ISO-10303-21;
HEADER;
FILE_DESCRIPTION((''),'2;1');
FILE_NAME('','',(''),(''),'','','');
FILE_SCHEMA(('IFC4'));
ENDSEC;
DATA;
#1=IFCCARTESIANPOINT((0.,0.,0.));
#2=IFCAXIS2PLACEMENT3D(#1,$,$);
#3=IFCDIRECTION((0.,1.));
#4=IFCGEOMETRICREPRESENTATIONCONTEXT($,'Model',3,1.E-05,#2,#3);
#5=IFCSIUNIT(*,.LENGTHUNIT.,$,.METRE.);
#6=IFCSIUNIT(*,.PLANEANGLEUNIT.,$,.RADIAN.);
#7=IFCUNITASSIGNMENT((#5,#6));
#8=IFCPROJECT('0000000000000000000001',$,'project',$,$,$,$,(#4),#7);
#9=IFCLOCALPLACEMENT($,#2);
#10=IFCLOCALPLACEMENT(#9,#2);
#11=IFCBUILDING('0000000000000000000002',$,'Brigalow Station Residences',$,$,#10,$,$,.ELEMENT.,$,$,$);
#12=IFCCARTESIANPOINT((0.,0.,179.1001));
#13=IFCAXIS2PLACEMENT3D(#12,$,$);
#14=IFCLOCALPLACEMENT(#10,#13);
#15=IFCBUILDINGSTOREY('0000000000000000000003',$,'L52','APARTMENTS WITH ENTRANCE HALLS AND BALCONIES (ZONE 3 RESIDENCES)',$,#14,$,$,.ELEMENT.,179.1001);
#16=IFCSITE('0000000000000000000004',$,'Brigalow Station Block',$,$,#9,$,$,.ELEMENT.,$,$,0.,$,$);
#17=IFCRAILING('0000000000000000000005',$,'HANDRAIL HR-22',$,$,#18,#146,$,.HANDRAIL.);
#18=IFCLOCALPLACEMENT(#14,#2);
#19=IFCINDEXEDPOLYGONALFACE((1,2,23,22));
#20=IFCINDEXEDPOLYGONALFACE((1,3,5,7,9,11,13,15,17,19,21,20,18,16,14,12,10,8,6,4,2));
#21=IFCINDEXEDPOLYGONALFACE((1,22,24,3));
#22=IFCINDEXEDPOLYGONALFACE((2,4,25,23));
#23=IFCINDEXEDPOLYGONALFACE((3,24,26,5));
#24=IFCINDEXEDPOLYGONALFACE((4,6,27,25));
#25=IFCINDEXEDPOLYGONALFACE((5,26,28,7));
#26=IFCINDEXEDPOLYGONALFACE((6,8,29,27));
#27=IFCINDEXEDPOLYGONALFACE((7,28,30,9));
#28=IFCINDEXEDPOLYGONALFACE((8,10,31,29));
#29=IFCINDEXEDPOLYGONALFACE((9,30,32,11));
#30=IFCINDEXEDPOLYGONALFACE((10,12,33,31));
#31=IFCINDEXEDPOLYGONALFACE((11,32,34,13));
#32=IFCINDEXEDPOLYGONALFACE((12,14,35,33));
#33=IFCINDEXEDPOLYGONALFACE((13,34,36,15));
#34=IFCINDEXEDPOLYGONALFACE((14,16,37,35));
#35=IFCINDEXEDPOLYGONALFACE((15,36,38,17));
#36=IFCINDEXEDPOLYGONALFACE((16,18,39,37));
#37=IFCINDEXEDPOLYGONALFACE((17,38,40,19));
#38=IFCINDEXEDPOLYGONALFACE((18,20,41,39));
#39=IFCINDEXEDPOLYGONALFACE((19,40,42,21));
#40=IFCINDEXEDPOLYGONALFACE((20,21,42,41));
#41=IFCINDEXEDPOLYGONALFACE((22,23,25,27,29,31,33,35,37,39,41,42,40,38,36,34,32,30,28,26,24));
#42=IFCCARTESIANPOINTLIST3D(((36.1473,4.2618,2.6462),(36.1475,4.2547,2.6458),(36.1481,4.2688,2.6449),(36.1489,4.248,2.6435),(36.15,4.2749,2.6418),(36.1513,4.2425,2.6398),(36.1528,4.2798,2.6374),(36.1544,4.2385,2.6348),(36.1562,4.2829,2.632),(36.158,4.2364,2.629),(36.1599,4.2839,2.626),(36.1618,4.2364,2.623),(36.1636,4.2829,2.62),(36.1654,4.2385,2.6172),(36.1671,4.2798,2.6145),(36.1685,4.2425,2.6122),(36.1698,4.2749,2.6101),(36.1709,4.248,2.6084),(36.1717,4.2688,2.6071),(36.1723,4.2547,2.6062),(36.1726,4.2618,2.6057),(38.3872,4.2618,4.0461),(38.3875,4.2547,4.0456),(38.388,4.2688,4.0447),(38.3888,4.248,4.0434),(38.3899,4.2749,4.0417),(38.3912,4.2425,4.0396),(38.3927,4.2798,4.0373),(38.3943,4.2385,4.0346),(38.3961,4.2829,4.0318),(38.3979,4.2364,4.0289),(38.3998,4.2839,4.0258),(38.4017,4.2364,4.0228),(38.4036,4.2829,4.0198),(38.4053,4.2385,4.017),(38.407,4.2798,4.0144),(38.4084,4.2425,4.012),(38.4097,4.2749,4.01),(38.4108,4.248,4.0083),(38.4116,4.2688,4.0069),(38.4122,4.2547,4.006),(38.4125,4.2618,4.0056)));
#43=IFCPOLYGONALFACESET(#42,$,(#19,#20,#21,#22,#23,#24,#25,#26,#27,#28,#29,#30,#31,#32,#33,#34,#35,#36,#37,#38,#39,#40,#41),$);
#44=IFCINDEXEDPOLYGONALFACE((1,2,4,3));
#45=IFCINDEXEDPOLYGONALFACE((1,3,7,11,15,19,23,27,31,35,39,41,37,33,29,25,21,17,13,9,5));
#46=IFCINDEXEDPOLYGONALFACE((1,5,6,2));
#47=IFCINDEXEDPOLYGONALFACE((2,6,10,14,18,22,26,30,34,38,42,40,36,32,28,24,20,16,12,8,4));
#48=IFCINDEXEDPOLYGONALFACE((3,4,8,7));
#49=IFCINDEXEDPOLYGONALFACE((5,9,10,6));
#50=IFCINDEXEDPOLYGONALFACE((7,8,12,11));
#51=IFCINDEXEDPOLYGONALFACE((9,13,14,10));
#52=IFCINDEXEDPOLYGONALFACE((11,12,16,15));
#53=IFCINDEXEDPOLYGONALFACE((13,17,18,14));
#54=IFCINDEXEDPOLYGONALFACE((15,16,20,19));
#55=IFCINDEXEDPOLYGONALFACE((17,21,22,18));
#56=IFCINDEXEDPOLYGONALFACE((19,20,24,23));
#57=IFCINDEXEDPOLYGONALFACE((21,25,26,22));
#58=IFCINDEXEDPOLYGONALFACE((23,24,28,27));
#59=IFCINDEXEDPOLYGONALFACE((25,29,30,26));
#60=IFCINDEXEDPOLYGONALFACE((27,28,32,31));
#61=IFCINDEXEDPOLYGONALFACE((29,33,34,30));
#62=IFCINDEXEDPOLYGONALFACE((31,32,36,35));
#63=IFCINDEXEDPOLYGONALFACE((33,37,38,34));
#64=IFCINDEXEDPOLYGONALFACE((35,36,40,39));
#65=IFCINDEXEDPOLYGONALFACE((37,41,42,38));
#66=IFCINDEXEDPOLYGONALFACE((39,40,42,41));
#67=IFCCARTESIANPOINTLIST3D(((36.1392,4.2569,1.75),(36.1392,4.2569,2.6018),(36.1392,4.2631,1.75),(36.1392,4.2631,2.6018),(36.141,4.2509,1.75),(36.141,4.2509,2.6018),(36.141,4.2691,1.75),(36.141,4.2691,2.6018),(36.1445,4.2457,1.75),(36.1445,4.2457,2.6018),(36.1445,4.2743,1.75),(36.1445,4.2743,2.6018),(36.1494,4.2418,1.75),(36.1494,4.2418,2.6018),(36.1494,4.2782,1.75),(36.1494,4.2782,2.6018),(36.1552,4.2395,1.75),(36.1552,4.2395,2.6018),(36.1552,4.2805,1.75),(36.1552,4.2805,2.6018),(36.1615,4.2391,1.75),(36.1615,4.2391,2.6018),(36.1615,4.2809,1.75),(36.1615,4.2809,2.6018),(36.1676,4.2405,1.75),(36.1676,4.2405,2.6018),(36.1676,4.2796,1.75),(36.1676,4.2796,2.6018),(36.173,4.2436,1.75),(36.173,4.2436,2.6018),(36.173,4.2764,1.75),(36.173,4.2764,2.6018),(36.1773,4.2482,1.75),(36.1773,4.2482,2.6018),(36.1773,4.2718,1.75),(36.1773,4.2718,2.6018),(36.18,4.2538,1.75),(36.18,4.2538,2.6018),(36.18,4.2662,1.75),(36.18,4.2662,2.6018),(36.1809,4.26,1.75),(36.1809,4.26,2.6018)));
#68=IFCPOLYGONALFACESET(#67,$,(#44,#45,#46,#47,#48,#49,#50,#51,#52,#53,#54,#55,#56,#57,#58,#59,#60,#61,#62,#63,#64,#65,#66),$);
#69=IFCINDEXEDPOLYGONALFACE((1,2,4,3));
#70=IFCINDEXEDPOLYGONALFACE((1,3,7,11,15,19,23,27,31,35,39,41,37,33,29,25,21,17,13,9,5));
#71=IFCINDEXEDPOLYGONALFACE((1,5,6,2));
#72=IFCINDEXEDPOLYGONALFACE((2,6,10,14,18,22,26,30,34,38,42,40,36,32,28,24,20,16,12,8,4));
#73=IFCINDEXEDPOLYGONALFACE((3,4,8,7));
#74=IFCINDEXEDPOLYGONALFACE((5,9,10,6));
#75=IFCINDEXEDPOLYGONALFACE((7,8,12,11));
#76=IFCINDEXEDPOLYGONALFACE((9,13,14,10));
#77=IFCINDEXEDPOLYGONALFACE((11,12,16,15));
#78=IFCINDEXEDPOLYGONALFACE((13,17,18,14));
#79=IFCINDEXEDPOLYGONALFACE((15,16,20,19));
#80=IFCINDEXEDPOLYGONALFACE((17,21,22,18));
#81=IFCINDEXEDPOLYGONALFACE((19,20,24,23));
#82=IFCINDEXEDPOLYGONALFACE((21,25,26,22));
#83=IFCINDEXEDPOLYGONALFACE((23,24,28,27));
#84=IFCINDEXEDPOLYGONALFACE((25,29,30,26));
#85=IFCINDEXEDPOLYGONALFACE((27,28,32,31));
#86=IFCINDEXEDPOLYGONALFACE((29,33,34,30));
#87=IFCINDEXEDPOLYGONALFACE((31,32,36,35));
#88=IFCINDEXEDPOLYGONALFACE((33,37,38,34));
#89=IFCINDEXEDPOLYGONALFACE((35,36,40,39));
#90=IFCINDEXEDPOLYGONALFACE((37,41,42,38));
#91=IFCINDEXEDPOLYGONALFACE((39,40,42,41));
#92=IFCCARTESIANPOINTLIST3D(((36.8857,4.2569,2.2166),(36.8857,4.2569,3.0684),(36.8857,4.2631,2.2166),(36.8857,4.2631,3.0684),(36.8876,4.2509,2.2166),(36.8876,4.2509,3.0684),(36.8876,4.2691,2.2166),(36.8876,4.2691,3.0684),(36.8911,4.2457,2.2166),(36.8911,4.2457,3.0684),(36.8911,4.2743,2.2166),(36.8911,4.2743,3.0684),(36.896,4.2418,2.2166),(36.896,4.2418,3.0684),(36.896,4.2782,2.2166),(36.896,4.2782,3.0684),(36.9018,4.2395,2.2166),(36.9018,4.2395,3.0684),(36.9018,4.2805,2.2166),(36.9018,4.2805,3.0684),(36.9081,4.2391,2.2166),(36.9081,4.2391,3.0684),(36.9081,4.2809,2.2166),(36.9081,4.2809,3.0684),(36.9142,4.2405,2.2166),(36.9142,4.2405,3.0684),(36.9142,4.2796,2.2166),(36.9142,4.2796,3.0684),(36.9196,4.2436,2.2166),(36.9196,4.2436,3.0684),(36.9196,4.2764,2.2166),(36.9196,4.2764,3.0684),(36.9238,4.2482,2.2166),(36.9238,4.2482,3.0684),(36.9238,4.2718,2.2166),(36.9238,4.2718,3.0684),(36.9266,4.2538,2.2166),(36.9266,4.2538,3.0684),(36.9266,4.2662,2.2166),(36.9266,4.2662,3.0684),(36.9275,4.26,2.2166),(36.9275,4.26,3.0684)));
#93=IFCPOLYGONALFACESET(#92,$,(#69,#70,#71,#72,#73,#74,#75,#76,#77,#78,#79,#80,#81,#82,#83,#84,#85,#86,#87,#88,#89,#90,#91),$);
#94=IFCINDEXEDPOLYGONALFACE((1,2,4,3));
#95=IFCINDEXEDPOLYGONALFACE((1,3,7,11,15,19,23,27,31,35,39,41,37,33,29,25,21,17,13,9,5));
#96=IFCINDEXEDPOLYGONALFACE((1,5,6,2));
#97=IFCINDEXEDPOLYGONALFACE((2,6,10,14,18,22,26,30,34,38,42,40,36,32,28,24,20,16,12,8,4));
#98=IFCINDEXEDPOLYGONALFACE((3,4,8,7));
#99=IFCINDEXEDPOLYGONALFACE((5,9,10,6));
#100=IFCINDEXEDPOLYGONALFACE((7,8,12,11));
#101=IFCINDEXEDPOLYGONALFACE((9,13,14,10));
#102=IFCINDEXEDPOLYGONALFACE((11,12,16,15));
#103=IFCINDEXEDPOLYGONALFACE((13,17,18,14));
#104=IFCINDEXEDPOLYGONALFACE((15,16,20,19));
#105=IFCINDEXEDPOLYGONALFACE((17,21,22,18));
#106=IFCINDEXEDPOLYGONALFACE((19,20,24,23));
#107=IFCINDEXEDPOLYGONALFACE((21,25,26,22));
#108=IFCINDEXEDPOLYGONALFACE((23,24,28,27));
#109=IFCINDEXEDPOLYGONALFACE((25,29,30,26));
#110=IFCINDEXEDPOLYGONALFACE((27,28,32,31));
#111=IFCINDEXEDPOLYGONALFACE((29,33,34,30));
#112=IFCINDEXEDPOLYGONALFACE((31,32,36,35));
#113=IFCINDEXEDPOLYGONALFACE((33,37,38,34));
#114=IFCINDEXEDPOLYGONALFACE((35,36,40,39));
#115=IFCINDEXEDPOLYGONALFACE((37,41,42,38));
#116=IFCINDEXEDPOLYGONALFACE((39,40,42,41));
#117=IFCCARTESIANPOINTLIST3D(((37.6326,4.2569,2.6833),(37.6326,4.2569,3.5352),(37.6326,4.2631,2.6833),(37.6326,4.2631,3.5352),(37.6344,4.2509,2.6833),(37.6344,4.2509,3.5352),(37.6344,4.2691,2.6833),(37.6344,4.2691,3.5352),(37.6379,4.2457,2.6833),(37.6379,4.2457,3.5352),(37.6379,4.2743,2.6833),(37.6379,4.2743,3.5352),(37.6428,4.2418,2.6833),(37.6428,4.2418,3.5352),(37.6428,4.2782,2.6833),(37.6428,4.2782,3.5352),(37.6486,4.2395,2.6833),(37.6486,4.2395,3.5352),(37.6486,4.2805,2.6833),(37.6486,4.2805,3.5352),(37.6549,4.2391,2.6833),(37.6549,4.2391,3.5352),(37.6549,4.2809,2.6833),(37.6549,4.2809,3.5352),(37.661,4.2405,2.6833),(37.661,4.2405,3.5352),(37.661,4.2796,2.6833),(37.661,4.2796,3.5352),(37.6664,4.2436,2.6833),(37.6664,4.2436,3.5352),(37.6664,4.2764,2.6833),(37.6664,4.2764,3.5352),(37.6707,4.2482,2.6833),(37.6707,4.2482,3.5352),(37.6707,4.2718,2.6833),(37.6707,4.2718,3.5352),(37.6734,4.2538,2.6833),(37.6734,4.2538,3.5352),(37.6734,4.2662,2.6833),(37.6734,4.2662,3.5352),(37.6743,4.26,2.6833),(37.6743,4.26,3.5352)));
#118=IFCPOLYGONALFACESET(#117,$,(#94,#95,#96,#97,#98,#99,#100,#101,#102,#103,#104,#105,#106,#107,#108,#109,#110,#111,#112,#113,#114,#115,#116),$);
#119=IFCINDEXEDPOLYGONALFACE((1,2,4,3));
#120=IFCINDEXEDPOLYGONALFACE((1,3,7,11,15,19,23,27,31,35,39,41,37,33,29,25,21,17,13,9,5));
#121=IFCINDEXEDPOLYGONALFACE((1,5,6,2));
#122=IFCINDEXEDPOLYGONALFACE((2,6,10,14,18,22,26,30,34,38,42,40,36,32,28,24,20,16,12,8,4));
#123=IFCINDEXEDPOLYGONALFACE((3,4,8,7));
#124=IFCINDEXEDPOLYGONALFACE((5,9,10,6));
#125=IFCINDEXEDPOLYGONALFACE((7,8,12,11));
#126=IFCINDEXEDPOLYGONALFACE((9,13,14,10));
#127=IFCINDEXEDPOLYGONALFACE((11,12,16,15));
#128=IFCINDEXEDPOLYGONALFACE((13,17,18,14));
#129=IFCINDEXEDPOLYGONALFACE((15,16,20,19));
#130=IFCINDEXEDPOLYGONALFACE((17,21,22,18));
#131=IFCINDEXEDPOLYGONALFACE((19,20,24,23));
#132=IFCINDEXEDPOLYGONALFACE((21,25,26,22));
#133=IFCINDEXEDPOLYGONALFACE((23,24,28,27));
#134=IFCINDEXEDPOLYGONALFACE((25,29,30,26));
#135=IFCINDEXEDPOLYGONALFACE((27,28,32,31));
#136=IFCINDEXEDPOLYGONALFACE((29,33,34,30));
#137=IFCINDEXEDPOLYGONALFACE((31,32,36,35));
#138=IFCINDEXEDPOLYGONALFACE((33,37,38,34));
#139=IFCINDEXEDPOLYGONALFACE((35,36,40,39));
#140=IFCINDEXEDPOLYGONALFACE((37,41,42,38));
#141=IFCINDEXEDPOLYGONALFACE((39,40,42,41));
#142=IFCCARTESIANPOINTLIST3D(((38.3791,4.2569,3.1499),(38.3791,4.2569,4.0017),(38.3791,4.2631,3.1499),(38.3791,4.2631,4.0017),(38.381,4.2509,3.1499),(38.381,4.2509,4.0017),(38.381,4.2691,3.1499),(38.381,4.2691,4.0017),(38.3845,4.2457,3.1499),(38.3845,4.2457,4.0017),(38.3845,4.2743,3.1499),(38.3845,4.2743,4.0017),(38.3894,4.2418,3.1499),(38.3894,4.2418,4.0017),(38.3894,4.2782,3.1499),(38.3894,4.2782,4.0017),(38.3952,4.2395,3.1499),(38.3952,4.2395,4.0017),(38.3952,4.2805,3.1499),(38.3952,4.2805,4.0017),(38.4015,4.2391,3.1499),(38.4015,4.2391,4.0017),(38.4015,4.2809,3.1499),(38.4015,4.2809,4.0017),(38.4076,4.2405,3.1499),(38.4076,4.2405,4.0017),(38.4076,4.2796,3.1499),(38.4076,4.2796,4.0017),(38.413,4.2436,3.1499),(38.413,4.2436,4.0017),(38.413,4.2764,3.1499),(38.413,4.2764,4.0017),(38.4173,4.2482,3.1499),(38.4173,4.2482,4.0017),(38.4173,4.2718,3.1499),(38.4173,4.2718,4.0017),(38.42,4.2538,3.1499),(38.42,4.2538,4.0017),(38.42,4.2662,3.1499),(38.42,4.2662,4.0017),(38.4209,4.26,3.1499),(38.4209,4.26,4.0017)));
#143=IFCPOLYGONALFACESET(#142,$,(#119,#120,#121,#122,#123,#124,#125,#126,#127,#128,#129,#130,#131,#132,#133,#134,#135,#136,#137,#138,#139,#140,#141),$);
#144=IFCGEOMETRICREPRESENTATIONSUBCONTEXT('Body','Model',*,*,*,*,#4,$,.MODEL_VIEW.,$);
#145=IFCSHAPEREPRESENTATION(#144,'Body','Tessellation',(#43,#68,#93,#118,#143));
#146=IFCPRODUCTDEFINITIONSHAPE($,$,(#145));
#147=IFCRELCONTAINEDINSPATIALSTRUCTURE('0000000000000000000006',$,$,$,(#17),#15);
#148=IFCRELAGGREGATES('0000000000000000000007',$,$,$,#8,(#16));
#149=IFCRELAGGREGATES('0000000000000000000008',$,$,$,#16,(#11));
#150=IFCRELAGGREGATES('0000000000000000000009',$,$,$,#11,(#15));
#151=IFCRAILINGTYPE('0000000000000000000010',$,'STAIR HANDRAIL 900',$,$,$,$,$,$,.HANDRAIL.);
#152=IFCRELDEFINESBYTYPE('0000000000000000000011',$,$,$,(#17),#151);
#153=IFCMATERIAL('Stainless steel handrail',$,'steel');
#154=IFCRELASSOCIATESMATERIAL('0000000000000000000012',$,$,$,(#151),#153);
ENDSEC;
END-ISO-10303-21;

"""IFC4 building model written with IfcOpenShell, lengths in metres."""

from ifc_helpers import new_model, si_unit, direction, frame, origin, origin_2d, place, context, subcontext, project, spatial, circle, extrude, material, type_object, element, save


model = new_model("IFC4")

# Units and contexts
model_context = context("Model", 3, precision=1e-05, world=origin(), true_north=direction((0.0, 1.0)))
body_context = subcontext(model_context, "Body", "Model", "MODEL_VIEW")
ifc_project = project(units=[si_unit("LENGTHUNIT", "METRE"), si_unit("PLANEANGLEUNIT", "RADIAN")], contexts=[model_context])

# Site, building, storey
site_placement = place(None, origin())
site = spatial("IfcSite", under=ifc_project, at=site_placement, Name="Brigalow Station Block", CompositionType="ELEMENT", RefElevation=0.0)
building_placement = place(site_placement, origin())
building = spatial("IfcBuilding", under=site, at=building_placement, Name="Brigalow Station Residences", CompositionType="ELEMENT")
storey_placement = place(building_placement, frame((0.0, 0.0, 179.1001)))
storey = spatial("IfcBuildingStorey", under=building, at=storey_placement, Name="L52", Description="APARTMENTS WITH ENTRANCE HALLS AND BALCONIES (ZONE 3 RESIDENCES)", CompositionType="ELEMENT", Elevation=179.1001)

# Railing
ifc_material_1 = material(Name="Stainless steel handrail", Category="steel")
railing_type_1 = type_object("IfcRailingType", Name="STAIR HANDRAIL 900", PredefinedType="HANDRAIL", material=ifc_material_1)
railing_1_placement = place(storey_placement, frame((36.1599, 4.26, 1.75)))
element("IfcRailing", 1, at=railing_1_placement, inside=storey, type_object=railing_type_1, Name="HANDRAIL HR-22", PredefinedType="HANDRAIL", context=body_context, shape_type="SweptSolid", body=[
    extrude(circle(Radius=0.0239, at=origin_2d()), frame((0.0, 0.0, 0.876), z_axis=(0.848014, 0.0, 0.529974), x_axis=(0.0, 1.0, 0.0)), (0.0, 0.0, 1.0), 2.6414),
    extrude(circle(Radius=0.021, at=origin_2d()), origin(), (0.0, 0.0, 1.0), 0.8518),
    extrude(circle(Radius=0.021, at=origin_2d()), frame((0.7466, 0.0, 0.4666)), (0.0, 0.0, 1.0), 0.8518),
    extrude(circle(Radius=0.021, at=origin_2d()), frame((1.4934, 0.0, 0.9333)), (0.0, 0.0, 1.0), 0.8518),
    extrude(circle(Radius=0.021, at=origin_2d()), frame((2.24, 0.0, 1.3999)), (0.0, 0.0, 1.0), 0.8518),
])

save(model, "model.ifc")
